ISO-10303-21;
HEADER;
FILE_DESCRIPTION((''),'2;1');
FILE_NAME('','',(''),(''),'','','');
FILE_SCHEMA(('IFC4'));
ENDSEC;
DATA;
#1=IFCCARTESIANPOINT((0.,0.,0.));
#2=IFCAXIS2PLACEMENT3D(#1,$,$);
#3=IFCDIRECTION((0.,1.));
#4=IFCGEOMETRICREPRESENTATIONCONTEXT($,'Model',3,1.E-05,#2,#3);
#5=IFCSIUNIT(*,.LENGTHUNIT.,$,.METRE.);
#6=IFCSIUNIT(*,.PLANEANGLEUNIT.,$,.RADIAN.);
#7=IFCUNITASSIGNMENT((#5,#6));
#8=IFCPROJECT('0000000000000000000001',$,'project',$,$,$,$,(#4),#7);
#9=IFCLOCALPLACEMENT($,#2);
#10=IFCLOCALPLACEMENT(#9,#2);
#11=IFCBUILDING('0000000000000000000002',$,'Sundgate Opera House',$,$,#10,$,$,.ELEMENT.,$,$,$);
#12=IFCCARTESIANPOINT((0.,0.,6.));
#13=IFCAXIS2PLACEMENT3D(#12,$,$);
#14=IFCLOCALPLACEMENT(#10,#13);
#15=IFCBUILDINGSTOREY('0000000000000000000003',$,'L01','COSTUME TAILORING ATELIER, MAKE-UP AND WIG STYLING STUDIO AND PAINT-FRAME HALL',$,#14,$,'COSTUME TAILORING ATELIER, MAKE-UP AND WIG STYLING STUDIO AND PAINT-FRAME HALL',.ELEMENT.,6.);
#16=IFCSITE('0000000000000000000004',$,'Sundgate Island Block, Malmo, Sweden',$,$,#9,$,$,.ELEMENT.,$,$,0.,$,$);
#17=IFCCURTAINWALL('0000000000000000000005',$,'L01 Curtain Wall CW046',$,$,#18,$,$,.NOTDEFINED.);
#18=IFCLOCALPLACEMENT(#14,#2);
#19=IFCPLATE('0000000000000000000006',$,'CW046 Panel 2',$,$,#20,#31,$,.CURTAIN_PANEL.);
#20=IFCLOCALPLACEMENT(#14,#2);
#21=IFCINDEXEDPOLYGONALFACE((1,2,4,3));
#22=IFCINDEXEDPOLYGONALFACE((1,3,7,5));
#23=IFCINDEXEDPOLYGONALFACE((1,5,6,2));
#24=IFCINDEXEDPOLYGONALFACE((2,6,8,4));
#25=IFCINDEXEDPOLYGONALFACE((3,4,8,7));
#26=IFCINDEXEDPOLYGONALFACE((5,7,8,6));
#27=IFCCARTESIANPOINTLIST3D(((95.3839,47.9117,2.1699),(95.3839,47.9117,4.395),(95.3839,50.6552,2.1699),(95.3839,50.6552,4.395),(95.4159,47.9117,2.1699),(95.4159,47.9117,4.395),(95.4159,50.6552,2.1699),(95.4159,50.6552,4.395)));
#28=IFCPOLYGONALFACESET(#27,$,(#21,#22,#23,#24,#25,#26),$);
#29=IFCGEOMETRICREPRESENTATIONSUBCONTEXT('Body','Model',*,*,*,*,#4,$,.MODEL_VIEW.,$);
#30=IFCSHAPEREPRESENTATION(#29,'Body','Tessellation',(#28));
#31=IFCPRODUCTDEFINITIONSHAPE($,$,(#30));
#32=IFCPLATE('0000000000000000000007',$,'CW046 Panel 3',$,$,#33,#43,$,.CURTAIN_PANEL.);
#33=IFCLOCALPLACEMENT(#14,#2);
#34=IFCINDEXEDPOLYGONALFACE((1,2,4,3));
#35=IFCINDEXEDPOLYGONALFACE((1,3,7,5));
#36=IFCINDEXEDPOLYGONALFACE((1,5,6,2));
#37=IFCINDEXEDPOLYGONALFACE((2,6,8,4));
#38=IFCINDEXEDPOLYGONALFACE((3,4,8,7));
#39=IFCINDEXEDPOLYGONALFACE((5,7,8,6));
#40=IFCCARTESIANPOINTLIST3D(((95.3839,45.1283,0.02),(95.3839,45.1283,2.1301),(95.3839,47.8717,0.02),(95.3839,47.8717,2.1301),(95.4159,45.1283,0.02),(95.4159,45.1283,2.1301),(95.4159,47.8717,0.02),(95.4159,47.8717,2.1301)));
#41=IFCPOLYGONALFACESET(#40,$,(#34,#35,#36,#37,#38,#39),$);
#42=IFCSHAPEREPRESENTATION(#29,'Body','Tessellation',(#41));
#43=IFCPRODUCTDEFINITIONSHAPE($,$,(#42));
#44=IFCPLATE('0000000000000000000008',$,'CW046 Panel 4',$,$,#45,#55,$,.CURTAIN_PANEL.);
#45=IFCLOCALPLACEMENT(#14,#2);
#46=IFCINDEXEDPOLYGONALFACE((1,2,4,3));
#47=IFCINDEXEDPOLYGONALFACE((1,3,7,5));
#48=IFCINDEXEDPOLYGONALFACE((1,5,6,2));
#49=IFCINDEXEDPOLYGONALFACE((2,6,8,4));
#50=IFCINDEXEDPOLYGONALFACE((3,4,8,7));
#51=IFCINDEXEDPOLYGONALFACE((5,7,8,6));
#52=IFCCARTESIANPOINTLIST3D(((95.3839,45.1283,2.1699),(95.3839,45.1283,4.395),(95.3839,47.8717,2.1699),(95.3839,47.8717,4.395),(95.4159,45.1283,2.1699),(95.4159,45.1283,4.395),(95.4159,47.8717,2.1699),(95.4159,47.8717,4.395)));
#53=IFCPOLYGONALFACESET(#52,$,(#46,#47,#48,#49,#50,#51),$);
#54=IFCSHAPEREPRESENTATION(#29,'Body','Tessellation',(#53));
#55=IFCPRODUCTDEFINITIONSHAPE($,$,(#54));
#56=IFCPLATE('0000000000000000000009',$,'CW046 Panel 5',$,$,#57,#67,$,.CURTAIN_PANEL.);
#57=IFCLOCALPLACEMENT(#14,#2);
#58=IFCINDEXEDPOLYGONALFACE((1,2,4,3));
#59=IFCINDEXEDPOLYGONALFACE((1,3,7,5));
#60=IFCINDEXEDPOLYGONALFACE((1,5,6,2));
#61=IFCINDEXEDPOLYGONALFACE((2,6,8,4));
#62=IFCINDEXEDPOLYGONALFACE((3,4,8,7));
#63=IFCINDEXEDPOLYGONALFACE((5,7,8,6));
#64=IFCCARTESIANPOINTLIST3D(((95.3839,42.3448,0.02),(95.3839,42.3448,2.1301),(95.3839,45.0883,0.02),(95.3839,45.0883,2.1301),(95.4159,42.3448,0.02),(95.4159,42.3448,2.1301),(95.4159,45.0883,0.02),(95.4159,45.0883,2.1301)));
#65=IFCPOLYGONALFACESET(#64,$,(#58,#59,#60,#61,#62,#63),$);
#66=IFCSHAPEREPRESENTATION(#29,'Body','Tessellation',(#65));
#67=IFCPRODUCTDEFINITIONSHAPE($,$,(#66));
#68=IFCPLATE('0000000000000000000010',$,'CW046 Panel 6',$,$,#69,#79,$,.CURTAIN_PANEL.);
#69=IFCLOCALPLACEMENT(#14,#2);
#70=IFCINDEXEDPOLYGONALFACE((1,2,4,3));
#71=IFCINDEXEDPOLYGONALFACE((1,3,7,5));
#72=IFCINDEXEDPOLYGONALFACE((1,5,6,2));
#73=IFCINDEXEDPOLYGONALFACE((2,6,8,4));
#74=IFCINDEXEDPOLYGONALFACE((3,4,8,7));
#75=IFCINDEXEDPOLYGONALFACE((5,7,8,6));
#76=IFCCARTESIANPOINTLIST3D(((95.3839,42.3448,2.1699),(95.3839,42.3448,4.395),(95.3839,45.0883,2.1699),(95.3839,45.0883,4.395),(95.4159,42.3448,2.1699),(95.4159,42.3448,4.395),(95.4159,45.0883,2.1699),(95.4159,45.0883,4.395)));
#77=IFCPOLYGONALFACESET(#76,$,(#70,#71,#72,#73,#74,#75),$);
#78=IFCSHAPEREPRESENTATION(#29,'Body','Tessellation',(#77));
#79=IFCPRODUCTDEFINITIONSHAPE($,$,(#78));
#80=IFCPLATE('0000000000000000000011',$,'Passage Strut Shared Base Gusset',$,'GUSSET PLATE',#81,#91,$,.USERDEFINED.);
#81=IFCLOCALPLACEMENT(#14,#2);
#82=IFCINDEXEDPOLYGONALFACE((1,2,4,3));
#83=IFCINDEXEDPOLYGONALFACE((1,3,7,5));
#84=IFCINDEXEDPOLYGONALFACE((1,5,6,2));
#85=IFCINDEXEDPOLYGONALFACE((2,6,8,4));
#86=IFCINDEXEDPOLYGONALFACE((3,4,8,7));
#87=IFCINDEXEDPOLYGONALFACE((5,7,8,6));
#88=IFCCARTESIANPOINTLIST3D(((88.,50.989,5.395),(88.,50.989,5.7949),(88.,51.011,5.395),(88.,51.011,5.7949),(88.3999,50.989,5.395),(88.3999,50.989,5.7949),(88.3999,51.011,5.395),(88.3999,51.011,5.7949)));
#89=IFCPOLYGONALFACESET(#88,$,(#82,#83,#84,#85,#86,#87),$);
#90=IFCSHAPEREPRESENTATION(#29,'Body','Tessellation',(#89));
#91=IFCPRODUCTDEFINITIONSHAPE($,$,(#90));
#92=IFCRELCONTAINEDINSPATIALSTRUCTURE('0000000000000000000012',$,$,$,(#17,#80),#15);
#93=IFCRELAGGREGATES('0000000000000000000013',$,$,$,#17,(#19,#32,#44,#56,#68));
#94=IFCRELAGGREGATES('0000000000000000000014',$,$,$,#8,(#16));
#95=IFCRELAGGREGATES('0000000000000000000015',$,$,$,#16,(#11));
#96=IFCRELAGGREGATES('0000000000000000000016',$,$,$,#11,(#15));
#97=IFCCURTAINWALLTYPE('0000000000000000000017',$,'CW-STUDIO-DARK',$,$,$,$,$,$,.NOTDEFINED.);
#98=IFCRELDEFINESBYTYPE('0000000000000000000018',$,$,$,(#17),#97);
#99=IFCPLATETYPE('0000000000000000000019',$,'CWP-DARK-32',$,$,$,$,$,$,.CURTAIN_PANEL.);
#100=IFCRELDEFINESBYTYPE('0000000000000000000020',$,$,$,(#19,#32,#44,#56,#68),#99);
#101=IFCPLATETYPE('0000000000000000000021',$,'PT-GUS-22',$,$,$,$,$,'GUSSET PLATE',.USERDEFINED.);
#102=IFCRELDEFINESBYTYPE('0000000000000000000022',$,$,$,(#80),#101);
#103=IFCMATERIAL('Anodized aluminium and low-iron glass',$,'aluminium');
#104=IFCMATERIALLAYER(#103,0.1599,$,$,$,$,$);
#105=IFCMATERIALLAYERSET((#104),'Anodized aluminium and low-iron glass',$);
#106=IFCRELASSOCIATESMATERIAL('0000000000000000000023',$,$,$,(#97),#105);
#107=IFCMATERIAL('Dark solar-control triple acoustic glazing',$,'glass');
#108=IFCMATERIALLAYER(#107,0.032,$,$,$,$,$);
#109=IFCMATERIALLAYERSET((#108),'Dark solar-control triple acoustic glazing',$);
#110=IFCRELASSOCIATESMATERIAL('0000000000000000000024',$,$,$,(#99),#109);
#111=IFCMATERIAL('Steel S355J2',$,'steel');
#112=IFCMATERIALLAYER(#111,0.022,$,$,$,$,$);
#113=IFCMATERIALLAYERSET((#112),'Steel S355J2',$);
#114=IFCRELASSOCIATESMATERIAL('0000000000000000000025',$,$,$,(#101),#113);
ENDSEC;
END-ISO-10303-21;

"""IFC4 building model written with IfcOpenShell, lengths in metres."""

from ifc_helpers import new_model, si_unit, direction, frame, origin, origin_2d, place, context, subcontext, project, spatial, rectangle, extrude, material, layer, layer_set, type_object, element, aggregate, save


model = new_model("IFC4")

# Units and contexts
model_context = context("Model", 3, precision=1e-05, world=origin(), true_north=direction((0.0, 1.0)))
body_context = subcontext(model_context, "Body", "Model", "MODEL_VIEW")
ifc_project = project(units=[si_unit("LENGTHUNIT", "METRE"), si_unit("PLANEANGLEUNIT", "RADIAN")], contexts=[model_context])

# Site, building, storey
site_placement = place(None, origin())
site = spatial("IfcSite", under=ifc_project, at=site_placement, Name="Sundgate Island Block, Malmo, Sweden", CompositionType="ELEMENT", RefElevation=0.0)
building_placement = place(site_placement, origin())
building = spatial("IfcBuilding", under=site, at=building_placement, Name="Sundgate Opera House", CompositionType="ELEMENT")
storey_placement = place(building_placement, frame((0.0, 0.0, 6.0)))
storey = spatial("IfcBuildingStorey", under=building, at=storey_placement, Name="L01", Description="COSTUME TAILORING ATELIER, MAKE-UP AND WIG STYLING STUDIO AND PAINT-FRAME HALL", LongName="COSTUME TAILORING ATELIER, MAKE-UP AND WIG STYLING STUDIO AND PAINT-FRAME HALL", CompositionType="ELEMENT", Elevation=6.0)

# Curtain wall
ifc_material_1 = material(Name="Anodized aluminium and low-iron glass", Category="aluminium")
ifc_layer_1 = layer(ifc_material_1, 0.1599)
ifc_layer_set_1 = layer_set([ifc_layer_1], Name="Anodized aluminium and low-iron glass")
curtain_wall_type = type_object("IfcCurtainWallType", Name="CW-STUDIO-DARK", PredefinedType="NOTDEFINED", material=ifc_layer_set_1)
curtain_wall_placement = place(storey_placement, origin())
curtain_wall = element("IfcCurtainWall", 1, at=curtain_wall_placement, inside=storey, type_object=curtain_wall_type, Name="L01 Curtain Wall CW046", PredefinedType="NOTDEFINED")

# Plates
ifc_material_2 = material(Name="Dark solar-control triple acoustic glazing", Category="glass")
ifc_layer_2 = layer(ifc_material_2, 0.032)
ifc_layer_set_2 = layer_set([ifc_layer_2], Name="Dark solar-control triple acoustic glazing")
plate_type_1 = type_object("IfcPlateType", Name="CWP-DARK-32", PredefinedType="CURTAIN_PANEL", material=ifc_layer_set_2)
plate_1_placement = place(storey_placement, frame((95.3999, 49.2834, 2.1699), z_axis=(0.0, 0.0, 1.0), x_axis=(0.0, -1.0, 0.0)))
plate_1 = element("IfcPlate", 2, at=plate_1_placement, type_object=plate_type_1, Name="CW046 Panel 2", PredefinedType="CURTAIN_PANEL", context=body_context, shape_type="SweptSolid", body=[
    extrude(rectangle(XDim=2.7434, YDim=0.032, at=origin_2d()), origin(), (0.0, 0.0, 1.0), 2.2251),
])
plate_2_placement = place(storey_placement, frame((95.3999, 46.5, 0.02), z_axis=(0.0, 0.0, 1.0), x_axis=(0.0, -1.0, 0.0)))
plate_2 = element("IfcPlate", 3, at=plate_2_placement, type_object=plate_type_1, Name="CW046 Panel 3", PredefinedType="CURTAIN_PANEL", context=body_context, shape_type="SweptSolid", body=[
    extrude(rectangle(XDim=2.7434, YDim=0.032, at=origin_2d()), origin(), (0.0, 0.0, 1.0), 2.1101),
])
plate_3_placement = place(storey_placement, frame((95.3999, 46.5, 2.1699), z_axis=(0.0, 0.0, 1.0), x_axis=(0.0, -1.0, 0.0)))
plate_3 = element("IfcPlate", 4, at=plate_3_placement, type_object=plate_type_1, Name="CW046 Panel 4", PredefinedType="CURTAIN_PANEL", context=body_context, shape_type="SweptSolid", body=[
    extrude(rectangle(XDim=2.7434, YDim=0.032, at=origin_2d()), origin(), (0.0, 0.0, 1.0), 2.2251),
])
plate_4_placement = place(storey_placement, frame((95.3999, 43.7166, 0.02), z_axis=(0.0, 0.0, 1.0), x_axis=(0.0, -1.0, 0.0)))
plate_4 = element("IfcPlate", 5, at=plate_4_placement, type_object=plate_type_1, Name="CW046 Panel 5", PredefinedType="CURTAIN_PANEL", context=body_context, shape_type="SweptSolid", body=[
    extrude(rectangle(XDim=2.7434, YDim=0.032, at=origin_2d()), origin(), (0.0, 0.0, 1.0), 2.1101),
])
plate_5_placement = place(storey_placement, frame((95.3999, 43.7166, 2.1699), z_axis=(0.0, 0.0, 1.0), x_axis=(0.0, -1.0, 0.0)))
plate_5 = element("IfcPlate", 6, at=plate_5_placement, type_object=plate_type_1, Name="CW046 Panel 6", PredefinedType="CURTAIN_PANEL", context=body_context, shape_type="SweptSolid", body=[
    extrude(rectangle(XDim=2.7434, YDim=0.032, at=origin_2d()), origin(), (0.0, 0.0, 1.0), 2.2251),
])
aggregate(curtain_wall, [plate_1, plate_2, plate_3, plate_4, plate_5])
ifc_material_3 = material(Name="Steel S355J2", Category="steel")
ifc_layer_3 = layer(ifc_material_3, 0.022)
ifc_layer_set_3 = layer_set([ifc_layer_3], Name="Steel S355J2")
plate_type_2 = type_object("IfcPlateType", Name="PT-GUS-22", ElementType="GUSSET PLATE", PredefinedType="USERDEFINED", material=ifc_layer_set_3)
plate_6_placement = place(storey_placement, frame((88.2, 51.0, 5.395), z_axis=(0.0, 0.0, 1.0), x_axis=(1.0, 0.0, 0.0)))
element("IfcPlate", 7, at=plate_6_placement, inside=storey, type_object=plate_type_2, Name="Passage Strut Shared Base Gusset", ObjectType="GUSSET PLATE", PredefinedType="USERDEFINED", context=body_context, shape_type="SweptSolid", body=[
    extrude(rectangle(XDim=0.3999, YDim=0.022, at=origin_2d()), origin(), (0.0, 0.0, 1.0), 0.3999),
])

save(model, "model.ifc")
